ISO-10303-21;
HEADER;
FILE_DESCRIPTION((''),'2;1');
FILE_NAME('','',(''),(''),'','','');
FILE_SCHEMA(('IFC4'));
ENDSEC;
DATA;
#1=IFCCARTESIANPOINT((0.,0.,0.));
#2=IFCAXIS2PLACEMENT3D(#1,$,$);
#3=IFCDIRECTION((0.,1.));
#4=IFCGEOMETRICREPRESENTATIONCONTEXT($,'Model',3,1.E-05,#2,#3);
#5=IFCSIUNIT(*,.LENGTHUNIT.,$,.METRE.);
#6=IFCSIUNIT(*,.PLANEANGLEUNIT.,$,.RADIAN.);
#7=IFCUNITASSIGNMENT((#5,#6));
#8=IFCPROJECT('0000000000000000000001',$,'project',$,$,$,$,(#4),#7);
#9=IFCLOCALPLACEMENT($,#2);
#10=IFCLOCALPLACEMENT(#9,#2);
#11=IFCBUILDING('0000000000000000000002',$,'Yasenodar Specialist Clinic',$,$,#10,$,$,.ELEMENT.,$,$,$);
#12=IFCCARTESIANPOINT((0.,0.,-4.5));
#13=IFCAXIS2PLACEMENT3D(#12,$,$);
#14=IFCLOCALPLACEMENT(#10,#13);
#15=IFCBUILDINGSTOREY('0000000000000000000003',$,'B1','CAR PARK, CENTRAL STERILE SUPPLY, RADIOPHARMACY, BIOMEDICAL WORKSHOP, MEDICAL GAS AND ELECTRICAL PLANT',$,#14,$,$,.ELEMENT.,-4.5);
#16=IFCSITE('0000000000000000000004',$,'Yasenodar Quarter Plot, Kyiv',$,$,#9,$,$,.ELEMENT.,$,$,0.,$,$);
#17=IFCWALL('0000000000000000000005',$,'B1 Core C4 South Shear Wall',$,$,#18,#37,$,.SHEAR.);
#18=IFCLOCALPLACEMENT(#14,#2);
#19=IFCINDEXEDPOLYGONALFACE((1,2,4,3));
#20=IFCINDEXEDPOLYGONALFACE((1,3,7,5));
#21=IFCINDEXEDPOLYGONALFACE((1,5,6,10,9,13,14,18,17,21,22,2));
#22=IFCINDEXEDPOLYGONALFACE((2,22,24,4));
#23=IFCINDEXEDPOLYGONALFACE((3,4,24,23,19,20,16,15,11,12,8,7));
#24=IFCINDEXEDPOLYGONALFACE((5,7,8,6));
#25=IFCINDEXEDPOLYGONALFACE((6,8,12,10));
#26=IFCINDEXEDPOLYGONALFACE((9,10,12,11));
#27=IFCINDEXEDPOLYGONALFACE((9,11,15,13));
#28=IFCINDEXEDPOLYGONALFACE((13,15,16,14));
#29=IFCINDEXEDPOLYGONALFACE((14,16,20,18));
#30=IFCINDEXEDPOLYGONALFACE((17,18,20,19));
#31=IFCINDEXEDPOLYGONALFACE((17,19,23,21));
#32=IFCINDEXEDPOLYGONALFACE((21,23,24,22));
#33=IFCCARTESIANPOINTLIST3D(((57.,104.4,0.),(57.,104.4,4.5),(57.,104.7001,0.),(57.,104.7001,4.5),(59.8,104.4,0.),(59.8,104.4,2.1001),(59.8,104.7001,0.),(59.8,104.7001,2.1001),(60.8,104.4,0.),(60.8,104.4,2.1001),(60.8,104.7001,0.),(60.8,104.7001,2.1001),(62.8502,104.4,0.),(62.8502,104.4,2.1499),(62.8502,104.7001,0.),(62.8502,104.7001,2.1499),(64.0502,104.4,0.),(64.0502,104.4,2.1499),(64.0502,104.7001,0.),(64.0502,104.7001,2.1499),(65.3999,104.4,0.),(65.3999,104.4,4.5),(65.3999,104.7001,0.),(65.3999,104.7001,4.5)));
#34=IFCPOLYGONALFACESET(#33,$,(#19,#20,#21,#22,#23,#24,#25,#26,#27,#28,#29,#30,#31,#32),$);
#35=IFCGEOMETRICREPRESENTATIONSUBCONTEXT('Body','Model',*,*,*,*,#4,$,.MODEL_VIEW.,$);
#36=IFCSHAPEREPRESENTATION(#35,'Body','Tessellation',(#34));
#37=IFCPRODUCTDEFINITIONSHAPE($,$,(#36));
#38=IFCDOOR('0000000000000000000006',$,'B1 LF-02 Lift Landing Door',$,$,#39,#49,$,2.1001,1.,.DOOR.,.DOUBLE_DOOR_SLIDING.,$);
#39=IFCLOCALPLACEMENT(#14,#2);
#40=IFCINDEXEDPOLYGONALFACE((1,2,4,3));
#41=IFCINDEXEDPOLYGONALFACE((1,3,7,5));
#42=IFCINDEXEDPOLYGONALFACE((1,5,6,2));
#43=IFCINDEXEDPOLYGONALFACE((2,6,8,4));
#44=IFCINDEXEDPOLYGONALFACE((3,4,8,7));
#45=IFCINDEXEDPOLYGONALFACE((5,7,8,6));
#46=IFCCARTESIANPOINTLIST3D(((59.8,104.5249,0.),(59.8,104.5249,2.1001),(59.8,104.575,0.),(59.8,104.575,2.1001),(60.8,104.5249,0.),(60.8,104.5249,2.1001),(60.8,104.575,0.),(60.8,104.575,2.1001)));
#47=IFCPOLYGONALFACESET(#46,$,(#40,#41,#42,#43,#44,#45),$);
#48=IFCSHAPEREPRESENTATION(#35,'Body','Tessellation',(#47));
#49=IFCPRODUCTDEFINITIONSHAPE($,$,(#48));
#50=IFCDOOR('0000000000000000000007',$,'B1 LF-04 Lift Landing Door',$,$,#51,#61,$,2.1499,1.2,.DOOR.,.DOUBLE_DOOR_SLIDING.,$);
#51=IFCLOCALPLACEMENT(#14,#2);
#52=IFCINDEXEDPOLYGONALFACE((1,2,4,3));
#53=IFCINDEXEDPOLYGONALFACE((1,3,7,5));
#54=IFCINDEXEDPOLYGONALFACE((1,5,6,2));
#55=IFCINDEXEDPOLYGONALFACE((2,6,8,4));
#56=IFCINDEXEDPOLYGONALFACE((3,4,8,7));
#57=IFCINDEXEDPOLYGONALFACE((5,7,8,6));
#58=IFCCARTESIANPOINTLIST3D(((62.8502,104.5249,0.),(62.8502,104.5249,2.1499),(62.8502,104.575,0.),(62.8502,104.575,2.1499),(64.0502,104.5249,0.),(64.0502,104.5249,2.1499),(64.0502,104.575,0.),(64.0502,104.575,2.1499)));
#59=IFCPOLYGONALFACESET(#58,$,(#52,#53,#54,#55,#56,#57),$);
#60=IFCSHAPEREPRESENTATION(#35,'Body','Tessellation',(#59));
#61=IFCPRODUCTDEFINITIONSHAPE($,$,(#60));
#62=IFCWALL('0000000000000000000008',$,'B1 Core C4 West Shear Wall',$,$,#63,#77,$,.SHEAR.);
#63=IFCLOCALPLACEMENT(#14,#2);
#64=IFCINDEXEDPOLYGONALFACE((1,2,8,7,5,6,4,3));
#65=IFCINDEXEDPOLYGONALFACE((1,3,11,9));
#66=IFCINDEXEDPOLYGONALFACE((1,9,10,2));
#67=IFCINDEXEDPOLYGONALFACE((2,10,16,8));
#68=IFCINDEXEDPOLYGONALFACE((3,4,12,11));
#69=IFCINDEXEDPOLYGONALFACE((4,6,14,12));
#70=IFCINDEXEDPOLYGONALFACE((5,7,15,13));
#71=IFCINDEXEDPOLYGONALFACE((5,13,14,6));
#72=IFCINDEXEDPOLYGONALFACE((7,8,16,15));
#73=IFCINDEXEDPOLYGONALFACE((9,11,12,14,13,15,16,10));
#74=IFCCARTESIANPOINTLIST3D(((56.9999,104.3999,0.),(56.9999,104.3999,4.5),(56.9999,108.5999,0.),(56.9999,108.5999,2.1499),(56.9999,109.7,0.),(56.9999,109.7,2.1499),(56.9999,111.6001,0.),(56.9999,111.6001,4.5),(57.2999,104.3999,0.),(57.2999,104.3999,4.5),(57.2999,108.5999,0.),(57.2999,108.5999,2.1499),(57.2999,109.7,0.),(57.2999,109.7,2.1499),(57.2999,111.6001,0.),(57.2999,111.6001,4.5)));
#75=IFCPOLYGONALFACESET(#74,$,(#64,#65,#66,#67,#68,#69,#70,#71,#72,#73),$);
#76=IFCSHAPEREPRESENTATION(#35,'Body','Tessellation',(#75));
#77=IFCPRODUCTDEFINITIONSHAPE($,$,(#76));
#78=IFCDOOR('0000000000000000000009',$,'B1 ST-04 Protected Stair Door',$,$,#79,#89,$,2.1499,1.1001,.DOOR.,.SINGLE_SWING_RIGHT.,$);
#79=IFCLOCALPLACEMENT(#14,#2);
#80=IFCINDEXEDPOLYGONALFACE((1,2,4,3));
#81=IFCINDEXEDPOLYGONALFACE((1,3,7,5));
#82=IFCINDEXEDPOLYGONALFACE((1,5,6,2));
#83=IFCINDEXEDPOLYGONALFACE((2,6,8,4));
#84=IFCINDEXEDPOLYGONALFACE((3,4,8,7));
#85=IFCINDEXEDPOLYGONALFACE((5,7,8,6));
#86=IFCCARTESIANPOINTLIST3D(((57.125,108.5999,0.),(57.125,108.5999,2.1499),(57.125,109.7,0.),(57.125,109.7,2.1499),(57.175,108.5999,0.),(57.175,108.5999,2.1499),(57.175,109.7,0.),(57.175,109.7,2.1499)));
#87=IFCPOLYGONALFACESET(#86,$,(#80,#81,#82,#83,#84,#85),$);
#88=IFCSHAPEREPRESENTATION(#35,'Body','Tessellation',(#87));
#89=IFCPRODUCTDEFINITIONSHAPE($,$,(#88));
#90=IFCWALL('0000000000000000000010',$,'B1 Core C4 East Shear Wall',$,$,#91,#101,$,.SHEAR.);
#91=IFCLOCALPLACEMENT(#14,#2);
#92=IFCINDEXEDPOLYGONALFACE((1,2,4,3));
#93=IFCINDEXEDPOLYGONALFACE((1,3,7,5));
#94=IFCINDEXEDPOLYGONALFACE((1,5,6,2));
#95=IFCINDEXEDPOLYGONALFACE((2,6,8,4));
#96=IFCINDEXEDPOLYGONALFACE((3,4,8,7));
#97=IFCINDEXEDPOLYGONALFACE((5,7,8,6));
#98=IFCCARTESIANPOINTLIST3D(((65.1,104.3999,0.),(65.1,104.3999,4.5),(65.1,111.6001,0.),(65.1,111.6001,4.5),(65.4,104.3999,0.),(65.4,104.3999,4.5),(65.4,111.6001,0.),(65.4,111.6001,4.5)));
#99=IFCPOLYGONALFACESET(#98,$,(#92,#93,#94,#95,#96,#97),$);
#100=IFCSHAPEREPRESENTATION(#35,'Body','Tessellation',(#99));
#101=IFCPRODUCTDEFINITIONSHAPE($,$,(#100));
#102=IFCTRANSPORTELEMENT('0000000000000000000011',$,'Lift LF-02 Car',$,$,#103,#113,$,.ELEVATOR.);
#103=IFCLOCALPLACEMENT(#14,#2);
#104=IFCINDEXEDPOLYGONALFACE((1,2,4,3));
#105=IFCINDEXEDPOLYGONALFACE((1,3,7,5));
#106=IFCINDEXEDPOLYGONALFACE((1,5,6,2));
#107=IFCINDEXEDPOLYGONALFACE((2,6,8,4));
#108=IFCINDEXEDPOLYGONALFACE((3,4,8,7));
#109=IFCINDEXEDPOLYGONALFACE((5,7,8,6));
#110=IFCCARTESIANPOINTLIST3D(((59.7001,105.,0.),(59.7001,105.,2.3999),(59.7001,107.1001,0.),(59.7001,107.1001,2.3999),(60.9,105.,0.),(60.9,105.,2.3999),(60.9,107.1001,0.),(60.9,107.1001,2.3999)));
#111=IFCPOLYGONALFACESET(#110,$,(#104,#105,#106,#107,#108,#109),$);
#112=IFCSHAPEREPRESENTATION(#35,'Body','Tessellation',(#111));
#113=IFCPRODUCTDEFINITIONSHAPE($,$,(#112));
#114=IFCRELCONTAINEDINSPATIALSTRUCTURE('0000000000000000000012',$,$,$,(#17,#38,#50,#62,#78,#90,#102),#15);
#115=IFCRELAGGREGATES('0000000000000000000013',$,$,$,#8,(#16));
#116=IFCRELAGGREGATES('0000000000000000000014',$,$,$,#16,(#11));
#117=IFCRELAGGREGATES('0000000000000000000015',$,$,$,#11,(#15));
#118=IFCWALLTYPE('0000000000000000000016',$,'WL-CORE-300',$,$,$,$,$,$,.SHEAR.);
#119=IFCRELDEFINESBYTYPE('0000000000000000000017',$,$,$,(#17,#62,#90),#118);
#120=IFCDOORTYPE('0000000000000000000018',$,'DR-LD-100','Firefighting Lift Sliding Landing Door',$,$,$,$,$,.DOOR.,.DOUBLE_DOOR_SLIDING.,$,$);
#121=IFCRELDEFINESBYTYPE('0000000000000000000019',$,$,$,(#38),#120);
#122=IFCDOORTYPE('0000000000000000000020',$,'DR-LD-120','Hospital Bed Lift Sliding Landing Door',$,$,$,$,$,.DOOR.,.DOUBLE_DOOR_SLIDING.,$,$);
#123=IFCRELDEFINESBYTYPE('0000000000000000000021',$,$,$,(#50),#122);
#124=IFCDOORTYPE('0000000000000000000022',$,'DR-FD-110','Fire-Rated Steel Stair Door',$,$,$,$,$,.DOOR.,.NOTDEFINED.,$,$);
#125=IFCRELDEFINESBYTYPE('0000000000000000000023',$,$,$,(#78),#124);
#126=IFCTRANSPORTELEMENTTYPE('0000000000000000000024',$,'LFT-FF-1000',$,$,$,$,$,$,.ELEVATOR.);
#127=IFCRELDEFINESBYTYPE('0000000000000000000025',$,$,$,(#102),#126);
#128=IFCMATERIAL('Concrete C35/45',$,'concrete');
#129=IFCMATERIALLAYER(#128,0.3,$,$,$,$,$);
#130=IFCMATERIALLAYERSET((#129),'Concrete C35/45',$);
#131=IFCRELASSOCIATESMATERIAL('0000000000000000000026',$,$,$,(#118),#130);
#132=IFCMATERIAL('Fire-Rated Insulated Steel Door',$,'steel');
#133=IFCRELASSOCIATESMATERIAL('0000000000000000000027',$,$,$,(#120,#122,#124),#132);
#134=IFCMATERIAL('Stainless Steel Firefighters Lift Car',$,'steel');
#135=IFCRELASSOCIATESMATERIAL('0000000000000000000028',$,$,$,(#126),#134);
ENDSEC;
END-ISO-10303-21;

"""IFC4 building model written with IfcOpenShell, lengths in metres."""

from ifc_helpers import new_model, si_unit, direction, frame, frame_2d, origin, origin_2d, place, context, subcontext, project, spatial, rectangle, extrude, material, layer, layer_set, type_object, element, fill, save


model = new_model("IFC4")

# Units and contexts
model_context = context("Model", 3, precision=1e-05, world=origin(), true_north=direction((0.0, 1.0)))
body_context = subcontext(model_context, "Body", "Model", "MODEL_VIEW")
ifc_project = project(units=[si_unit("LENGTHUNIT", "METRE"), si_unit("PLANEANGLEUNIT", "RADIAN")], contexts=[model_context])

# Site, building, storey
site_placement = place(None, origin())
site = spatial("IfcSite", under=ifc_project, at=site_placement, Name="Yasenodar Quarter Plot, Kyiv", CompositionType="ELEMENT", RefElevation=0.0)
building_placement = place(site_placement, origin())
building = spatial("IfcBuilding", under=site, at=building_placement, Name="Yasenodar Specialist Clinic", CompositionType="ELEMENT")
storey_placement = place(building_placement, frame((0.0, 0.0, -4.5)))
storey = spatial("IfcBuildingStorey", under=building, at=storey_placement, Name="B1", Description="CAR PARK, CENTRAL STERILE SUPPLY, RADIOPHARMACY, BIOMEDICAL WORKSHOP, MEDICAL GAS AND ELECTRICAL PLANT", CompositionType="ELEMENT", Elevation=-4.5)

# Shared definitions
ifc_material_1 = material(Name="Concrete C35/45", Category="concrete")

# Shared definitions
ifc_material_2 = material(Name="Fire-Rated Insulated Steel Door", Category="steel")

# Wall, openings, doors
ifc_layer_1 = layer(ifc_material_1, 0.3)
ifc_layer_set_1 = layer_set([ifc_layer_1], Name="Concrete C35/45")
wall_type_1 = type_object("IfcWallType", Name="WL-CORE-300", PredefinedType="SHEAR", material=ifc_layer_set_1)
wall_1_placement = place(storey_placement, frame((57.0, 104.55, 0.0), z_axis=(0.0, 0.0, 1.0), x_axis=(1.0, 0.0, 0.0)))
wall_1 = element("IfcWall", 1, at=wall_1_placement, inside=storey, type_object=wall_type_1, Name="B1 Core C4 South Shear Wall", PredefinedType="SHEAR", context=body_context, shape_type="SweptSolid", body=[
    extrude(rectangle(XDim=8.3999, YDim=0.3, at=frame_2d((4.2, 0.0))), origin(), (0.0, 0.0, 1.0), 4.5),
])
opening_1_placement = place(wall_1_placement, frame((2.8, 0.0, 0.0)))
opening_1 = element("IfcOpeningElement", 2, at=opening_1_placement, cuts=wall_1, PredefinedType="OPENING", context=body_context, shape_type="SweptSolid", body=[
    extrude(rectangle(XDim=1.0, YDim=2.1001, at=frame_2d((0.5, 1.05))), frame((0.0, 0.1602, 0.0), z_axis=(0.0, -1.0, 0.0), x_axis=(1.0, 0.0, 0.0)), (0.0, 0.0, 1.0), 0.3201),
])
opening_2_placement = place(wall_1_placement, frame((5.8501, 0.0, 0.0)))
opening_2 = element("IfcOpeningElement", 3, at=opening_2_placement, cuts=wall_1, PredefinedType="OPENING", context=body_context, shape_type="SweptSolid", body=[
    extrude(rectangle(XDim=1.2, YDim=2.1499, at=frame_2d((0.6001, 1.075))), frame((0.0, 0.1602, 0.0), z_axis=(0.0, -1.0, 0.0), x_axis=(1.0, 0.0, 0.0)), (0.0, 0.0, 1.0), 0.3201),
])
door_type_1 = type_object("IfcDoorType", Name="DR-LD-100", Description="Firefighting Lift Sliding Landing Door", OperationType="DOUBLE_DOOR_SLIDING", PredefinedType="DOOR", material=ifc_material_2)
door_1_placement = place(opening_1_placement, origin())
door_1 = element("IfcDoor", 4, at=door_1_placement, inside=storey, type_object=door_type_1, Name="B1 LF-02 Lift Landing Door", OperationType="DOUBLE_DOOR_SLIDING", OverallHeight=2.1001, OverallWidth=1.0, PredefinedType="DOOR", context=body_context, shape_type="SweptSolid", body=[
    extrude(rectangle(XDim=1.0, YDim=2.1001, at=frame_2d((0.5, 1.05))), frame((0.0, 0.0249, 0.0), z_axis=(0.0, -1.0, 0.0), x_axis=(1.0, 0.0, 0.0)), (0.0, 0.0, 1.0), 0.05),
])
fill(opening_1, door_1)
door_type_2 = type_object("IfcDoorType", Name="DR-LD-120", Description="Hospital Bed Lift Sliding Landing Door", OperationType="DOUBLE_DOOR_SLIDING", PredefinedType="DOOR", material=ifc_material_2)
door_2_placement = place(opening_2_placement, origin())
door_2 = element("IfcDoor", 5, at=door_2_placement, inside=storey, type_object=door_type_2, Name="B1 LF-04 Lift Landing Door", OperationType="DOUBLE_DOOR_SLIDING", OverallHeight=2.1499, OverallWidth=1.2, PredefinedType="DOOR", context=body_context, shape_type="SweptSolid", body=[
    extrude(rectangle(XDim=1.2, YDim=2.1499, at=frame_2d((0.6001, 1.075))), frame((0.0, 0.0249, 0.0), z_axis=(0.0, -1.0, 0.0), x_axis=(1.0, 0.0, 0.0)), (0.0, 0.0, 1.0), 0.05),
])
fill(opening_2, door_2)

# Wall, opening, door
wall_2_placement = place(storey_placement, frame((57.1499, 104.3999, 0.0), z_axis=(0.0, 0.0, 1.0), x_axis=(0.0, 1.0, 0.0)))
wall_2 = element("IfcWall", 6, at=wall_2_placement, inside=storey, type_object=wall_type_1, Name="B1 Core C4 West Shear Wall", PredefinedType="SHEAR", context=body_context, shape_type="SweptSolid", body=[
    extrude(rectangle(XDim=7.2002, YDim=0.3, at=frame_2d((3.6001, 0.0))), origin(), (0.0, 0.0, 1.0), 4.5),
])
opening_3_placement = place(wall_2_placement, frame((4.2, 0.0, 0.0)))
opening_3 = element("IfcOpeningElement", 7, at=opening_3_placement, cuts=wall_2, PredefinedType="OPENING", context=body_context, shape_type="SweptSolid", body=[
    extrude(rectangle(XDim=1.1001, YDim=2.1499, at=frame_2d((0.55, 1.075))), frame((0.0, 0.1602, 0.0), z_axis=(0.0, -1.0, 0.0), x_axis=(1.0, 0.0, 0.0)), (0.0, 0.0, 1.0), 0.3201),
])
door_type_3 = type_object("IfcDoorType", Name="DR-FD-110", Description="Fire-Rated Steel Stair Door", OperationType="NOTDEFINED", PredefinedType="DOOR", material=ifc_material_2)
door_3_placement = place(opening_3_placement, origin())
door_3 = element("IfcDoor", 8, at=door_3_placement, inside=storey, type_object=door_type_3, Name="B1 ST-04 Protected Stair Door", OperationType="SINGLE_SWING_RIGHT", OverallHeight=2.1499, OverallWidth=1.1001, PredefinedType="DOOR", context=body_context, shape_type="SweptSolid", body=[
    extrude(rectangle(XDim=1.1001, YDim=2.1499, at=frame_2d((0.55, 1.075))), frame((0.0, 0.0249, 0.0), z_axis=(0.0, -1.0, 0.0), x_axis=(1.0, 0.0, 0.0)), (0.0, 0.0, 1.0), 0.05),
])
fill(opening_3, door_3)

# Wall
wall_3_placement = place(storey_placement, frame((65.25, 104.3999, 0.0), z_axis=(0.0, 0.0, 1.0), x_axis=(0.0, 1.0, 0.0)))
element("IfcWall", 9, at=wall_3_placement, inside=storey, type_object=wall_type_1, Name="B1 Core C4 East Shear Wall", PredefinedType="SHEAR", context=body_context, shape_type="SweptSolid", body=[
    extrude(rectangle(XDim=7.2002, YDim=0.3, at=frame_2d((3.6001, 0.0))), origin(), (0.0, 0.0, 1.0), 4.5),
])

# Transport element
ifc_material_3 = material(Name="Stainless Steel Firefighters Lift Car", Category="steel")
transport_element_type = type_object("IfcTransportElementType", Name="LFT-FF-1000", PredefinedType="ELEVATOR", material=ifc_material_3)
transport_element_placement = place(storey_placement, frame((60.3, 106.05, 0.0), z_axis=(0.0, 0.0, 1.0), x_axis=(1.0, 0.0, 0.0)))
element("IfcTransportElement", 10, at=transport_element_placement, inside=storey, type_object=transport_element_type, Name="Lift LF-02 Car", PredefinedType="ELEVATOR", context=body_context, shape_type="SweptSolid", body=[
    extrude(rectangle(XDim=1.2, YDim=2.1001, at=origin_2d()), origin(), (0.0, 0.0, 1.0), 2.3999),
])

save(model, "model.ifc")
